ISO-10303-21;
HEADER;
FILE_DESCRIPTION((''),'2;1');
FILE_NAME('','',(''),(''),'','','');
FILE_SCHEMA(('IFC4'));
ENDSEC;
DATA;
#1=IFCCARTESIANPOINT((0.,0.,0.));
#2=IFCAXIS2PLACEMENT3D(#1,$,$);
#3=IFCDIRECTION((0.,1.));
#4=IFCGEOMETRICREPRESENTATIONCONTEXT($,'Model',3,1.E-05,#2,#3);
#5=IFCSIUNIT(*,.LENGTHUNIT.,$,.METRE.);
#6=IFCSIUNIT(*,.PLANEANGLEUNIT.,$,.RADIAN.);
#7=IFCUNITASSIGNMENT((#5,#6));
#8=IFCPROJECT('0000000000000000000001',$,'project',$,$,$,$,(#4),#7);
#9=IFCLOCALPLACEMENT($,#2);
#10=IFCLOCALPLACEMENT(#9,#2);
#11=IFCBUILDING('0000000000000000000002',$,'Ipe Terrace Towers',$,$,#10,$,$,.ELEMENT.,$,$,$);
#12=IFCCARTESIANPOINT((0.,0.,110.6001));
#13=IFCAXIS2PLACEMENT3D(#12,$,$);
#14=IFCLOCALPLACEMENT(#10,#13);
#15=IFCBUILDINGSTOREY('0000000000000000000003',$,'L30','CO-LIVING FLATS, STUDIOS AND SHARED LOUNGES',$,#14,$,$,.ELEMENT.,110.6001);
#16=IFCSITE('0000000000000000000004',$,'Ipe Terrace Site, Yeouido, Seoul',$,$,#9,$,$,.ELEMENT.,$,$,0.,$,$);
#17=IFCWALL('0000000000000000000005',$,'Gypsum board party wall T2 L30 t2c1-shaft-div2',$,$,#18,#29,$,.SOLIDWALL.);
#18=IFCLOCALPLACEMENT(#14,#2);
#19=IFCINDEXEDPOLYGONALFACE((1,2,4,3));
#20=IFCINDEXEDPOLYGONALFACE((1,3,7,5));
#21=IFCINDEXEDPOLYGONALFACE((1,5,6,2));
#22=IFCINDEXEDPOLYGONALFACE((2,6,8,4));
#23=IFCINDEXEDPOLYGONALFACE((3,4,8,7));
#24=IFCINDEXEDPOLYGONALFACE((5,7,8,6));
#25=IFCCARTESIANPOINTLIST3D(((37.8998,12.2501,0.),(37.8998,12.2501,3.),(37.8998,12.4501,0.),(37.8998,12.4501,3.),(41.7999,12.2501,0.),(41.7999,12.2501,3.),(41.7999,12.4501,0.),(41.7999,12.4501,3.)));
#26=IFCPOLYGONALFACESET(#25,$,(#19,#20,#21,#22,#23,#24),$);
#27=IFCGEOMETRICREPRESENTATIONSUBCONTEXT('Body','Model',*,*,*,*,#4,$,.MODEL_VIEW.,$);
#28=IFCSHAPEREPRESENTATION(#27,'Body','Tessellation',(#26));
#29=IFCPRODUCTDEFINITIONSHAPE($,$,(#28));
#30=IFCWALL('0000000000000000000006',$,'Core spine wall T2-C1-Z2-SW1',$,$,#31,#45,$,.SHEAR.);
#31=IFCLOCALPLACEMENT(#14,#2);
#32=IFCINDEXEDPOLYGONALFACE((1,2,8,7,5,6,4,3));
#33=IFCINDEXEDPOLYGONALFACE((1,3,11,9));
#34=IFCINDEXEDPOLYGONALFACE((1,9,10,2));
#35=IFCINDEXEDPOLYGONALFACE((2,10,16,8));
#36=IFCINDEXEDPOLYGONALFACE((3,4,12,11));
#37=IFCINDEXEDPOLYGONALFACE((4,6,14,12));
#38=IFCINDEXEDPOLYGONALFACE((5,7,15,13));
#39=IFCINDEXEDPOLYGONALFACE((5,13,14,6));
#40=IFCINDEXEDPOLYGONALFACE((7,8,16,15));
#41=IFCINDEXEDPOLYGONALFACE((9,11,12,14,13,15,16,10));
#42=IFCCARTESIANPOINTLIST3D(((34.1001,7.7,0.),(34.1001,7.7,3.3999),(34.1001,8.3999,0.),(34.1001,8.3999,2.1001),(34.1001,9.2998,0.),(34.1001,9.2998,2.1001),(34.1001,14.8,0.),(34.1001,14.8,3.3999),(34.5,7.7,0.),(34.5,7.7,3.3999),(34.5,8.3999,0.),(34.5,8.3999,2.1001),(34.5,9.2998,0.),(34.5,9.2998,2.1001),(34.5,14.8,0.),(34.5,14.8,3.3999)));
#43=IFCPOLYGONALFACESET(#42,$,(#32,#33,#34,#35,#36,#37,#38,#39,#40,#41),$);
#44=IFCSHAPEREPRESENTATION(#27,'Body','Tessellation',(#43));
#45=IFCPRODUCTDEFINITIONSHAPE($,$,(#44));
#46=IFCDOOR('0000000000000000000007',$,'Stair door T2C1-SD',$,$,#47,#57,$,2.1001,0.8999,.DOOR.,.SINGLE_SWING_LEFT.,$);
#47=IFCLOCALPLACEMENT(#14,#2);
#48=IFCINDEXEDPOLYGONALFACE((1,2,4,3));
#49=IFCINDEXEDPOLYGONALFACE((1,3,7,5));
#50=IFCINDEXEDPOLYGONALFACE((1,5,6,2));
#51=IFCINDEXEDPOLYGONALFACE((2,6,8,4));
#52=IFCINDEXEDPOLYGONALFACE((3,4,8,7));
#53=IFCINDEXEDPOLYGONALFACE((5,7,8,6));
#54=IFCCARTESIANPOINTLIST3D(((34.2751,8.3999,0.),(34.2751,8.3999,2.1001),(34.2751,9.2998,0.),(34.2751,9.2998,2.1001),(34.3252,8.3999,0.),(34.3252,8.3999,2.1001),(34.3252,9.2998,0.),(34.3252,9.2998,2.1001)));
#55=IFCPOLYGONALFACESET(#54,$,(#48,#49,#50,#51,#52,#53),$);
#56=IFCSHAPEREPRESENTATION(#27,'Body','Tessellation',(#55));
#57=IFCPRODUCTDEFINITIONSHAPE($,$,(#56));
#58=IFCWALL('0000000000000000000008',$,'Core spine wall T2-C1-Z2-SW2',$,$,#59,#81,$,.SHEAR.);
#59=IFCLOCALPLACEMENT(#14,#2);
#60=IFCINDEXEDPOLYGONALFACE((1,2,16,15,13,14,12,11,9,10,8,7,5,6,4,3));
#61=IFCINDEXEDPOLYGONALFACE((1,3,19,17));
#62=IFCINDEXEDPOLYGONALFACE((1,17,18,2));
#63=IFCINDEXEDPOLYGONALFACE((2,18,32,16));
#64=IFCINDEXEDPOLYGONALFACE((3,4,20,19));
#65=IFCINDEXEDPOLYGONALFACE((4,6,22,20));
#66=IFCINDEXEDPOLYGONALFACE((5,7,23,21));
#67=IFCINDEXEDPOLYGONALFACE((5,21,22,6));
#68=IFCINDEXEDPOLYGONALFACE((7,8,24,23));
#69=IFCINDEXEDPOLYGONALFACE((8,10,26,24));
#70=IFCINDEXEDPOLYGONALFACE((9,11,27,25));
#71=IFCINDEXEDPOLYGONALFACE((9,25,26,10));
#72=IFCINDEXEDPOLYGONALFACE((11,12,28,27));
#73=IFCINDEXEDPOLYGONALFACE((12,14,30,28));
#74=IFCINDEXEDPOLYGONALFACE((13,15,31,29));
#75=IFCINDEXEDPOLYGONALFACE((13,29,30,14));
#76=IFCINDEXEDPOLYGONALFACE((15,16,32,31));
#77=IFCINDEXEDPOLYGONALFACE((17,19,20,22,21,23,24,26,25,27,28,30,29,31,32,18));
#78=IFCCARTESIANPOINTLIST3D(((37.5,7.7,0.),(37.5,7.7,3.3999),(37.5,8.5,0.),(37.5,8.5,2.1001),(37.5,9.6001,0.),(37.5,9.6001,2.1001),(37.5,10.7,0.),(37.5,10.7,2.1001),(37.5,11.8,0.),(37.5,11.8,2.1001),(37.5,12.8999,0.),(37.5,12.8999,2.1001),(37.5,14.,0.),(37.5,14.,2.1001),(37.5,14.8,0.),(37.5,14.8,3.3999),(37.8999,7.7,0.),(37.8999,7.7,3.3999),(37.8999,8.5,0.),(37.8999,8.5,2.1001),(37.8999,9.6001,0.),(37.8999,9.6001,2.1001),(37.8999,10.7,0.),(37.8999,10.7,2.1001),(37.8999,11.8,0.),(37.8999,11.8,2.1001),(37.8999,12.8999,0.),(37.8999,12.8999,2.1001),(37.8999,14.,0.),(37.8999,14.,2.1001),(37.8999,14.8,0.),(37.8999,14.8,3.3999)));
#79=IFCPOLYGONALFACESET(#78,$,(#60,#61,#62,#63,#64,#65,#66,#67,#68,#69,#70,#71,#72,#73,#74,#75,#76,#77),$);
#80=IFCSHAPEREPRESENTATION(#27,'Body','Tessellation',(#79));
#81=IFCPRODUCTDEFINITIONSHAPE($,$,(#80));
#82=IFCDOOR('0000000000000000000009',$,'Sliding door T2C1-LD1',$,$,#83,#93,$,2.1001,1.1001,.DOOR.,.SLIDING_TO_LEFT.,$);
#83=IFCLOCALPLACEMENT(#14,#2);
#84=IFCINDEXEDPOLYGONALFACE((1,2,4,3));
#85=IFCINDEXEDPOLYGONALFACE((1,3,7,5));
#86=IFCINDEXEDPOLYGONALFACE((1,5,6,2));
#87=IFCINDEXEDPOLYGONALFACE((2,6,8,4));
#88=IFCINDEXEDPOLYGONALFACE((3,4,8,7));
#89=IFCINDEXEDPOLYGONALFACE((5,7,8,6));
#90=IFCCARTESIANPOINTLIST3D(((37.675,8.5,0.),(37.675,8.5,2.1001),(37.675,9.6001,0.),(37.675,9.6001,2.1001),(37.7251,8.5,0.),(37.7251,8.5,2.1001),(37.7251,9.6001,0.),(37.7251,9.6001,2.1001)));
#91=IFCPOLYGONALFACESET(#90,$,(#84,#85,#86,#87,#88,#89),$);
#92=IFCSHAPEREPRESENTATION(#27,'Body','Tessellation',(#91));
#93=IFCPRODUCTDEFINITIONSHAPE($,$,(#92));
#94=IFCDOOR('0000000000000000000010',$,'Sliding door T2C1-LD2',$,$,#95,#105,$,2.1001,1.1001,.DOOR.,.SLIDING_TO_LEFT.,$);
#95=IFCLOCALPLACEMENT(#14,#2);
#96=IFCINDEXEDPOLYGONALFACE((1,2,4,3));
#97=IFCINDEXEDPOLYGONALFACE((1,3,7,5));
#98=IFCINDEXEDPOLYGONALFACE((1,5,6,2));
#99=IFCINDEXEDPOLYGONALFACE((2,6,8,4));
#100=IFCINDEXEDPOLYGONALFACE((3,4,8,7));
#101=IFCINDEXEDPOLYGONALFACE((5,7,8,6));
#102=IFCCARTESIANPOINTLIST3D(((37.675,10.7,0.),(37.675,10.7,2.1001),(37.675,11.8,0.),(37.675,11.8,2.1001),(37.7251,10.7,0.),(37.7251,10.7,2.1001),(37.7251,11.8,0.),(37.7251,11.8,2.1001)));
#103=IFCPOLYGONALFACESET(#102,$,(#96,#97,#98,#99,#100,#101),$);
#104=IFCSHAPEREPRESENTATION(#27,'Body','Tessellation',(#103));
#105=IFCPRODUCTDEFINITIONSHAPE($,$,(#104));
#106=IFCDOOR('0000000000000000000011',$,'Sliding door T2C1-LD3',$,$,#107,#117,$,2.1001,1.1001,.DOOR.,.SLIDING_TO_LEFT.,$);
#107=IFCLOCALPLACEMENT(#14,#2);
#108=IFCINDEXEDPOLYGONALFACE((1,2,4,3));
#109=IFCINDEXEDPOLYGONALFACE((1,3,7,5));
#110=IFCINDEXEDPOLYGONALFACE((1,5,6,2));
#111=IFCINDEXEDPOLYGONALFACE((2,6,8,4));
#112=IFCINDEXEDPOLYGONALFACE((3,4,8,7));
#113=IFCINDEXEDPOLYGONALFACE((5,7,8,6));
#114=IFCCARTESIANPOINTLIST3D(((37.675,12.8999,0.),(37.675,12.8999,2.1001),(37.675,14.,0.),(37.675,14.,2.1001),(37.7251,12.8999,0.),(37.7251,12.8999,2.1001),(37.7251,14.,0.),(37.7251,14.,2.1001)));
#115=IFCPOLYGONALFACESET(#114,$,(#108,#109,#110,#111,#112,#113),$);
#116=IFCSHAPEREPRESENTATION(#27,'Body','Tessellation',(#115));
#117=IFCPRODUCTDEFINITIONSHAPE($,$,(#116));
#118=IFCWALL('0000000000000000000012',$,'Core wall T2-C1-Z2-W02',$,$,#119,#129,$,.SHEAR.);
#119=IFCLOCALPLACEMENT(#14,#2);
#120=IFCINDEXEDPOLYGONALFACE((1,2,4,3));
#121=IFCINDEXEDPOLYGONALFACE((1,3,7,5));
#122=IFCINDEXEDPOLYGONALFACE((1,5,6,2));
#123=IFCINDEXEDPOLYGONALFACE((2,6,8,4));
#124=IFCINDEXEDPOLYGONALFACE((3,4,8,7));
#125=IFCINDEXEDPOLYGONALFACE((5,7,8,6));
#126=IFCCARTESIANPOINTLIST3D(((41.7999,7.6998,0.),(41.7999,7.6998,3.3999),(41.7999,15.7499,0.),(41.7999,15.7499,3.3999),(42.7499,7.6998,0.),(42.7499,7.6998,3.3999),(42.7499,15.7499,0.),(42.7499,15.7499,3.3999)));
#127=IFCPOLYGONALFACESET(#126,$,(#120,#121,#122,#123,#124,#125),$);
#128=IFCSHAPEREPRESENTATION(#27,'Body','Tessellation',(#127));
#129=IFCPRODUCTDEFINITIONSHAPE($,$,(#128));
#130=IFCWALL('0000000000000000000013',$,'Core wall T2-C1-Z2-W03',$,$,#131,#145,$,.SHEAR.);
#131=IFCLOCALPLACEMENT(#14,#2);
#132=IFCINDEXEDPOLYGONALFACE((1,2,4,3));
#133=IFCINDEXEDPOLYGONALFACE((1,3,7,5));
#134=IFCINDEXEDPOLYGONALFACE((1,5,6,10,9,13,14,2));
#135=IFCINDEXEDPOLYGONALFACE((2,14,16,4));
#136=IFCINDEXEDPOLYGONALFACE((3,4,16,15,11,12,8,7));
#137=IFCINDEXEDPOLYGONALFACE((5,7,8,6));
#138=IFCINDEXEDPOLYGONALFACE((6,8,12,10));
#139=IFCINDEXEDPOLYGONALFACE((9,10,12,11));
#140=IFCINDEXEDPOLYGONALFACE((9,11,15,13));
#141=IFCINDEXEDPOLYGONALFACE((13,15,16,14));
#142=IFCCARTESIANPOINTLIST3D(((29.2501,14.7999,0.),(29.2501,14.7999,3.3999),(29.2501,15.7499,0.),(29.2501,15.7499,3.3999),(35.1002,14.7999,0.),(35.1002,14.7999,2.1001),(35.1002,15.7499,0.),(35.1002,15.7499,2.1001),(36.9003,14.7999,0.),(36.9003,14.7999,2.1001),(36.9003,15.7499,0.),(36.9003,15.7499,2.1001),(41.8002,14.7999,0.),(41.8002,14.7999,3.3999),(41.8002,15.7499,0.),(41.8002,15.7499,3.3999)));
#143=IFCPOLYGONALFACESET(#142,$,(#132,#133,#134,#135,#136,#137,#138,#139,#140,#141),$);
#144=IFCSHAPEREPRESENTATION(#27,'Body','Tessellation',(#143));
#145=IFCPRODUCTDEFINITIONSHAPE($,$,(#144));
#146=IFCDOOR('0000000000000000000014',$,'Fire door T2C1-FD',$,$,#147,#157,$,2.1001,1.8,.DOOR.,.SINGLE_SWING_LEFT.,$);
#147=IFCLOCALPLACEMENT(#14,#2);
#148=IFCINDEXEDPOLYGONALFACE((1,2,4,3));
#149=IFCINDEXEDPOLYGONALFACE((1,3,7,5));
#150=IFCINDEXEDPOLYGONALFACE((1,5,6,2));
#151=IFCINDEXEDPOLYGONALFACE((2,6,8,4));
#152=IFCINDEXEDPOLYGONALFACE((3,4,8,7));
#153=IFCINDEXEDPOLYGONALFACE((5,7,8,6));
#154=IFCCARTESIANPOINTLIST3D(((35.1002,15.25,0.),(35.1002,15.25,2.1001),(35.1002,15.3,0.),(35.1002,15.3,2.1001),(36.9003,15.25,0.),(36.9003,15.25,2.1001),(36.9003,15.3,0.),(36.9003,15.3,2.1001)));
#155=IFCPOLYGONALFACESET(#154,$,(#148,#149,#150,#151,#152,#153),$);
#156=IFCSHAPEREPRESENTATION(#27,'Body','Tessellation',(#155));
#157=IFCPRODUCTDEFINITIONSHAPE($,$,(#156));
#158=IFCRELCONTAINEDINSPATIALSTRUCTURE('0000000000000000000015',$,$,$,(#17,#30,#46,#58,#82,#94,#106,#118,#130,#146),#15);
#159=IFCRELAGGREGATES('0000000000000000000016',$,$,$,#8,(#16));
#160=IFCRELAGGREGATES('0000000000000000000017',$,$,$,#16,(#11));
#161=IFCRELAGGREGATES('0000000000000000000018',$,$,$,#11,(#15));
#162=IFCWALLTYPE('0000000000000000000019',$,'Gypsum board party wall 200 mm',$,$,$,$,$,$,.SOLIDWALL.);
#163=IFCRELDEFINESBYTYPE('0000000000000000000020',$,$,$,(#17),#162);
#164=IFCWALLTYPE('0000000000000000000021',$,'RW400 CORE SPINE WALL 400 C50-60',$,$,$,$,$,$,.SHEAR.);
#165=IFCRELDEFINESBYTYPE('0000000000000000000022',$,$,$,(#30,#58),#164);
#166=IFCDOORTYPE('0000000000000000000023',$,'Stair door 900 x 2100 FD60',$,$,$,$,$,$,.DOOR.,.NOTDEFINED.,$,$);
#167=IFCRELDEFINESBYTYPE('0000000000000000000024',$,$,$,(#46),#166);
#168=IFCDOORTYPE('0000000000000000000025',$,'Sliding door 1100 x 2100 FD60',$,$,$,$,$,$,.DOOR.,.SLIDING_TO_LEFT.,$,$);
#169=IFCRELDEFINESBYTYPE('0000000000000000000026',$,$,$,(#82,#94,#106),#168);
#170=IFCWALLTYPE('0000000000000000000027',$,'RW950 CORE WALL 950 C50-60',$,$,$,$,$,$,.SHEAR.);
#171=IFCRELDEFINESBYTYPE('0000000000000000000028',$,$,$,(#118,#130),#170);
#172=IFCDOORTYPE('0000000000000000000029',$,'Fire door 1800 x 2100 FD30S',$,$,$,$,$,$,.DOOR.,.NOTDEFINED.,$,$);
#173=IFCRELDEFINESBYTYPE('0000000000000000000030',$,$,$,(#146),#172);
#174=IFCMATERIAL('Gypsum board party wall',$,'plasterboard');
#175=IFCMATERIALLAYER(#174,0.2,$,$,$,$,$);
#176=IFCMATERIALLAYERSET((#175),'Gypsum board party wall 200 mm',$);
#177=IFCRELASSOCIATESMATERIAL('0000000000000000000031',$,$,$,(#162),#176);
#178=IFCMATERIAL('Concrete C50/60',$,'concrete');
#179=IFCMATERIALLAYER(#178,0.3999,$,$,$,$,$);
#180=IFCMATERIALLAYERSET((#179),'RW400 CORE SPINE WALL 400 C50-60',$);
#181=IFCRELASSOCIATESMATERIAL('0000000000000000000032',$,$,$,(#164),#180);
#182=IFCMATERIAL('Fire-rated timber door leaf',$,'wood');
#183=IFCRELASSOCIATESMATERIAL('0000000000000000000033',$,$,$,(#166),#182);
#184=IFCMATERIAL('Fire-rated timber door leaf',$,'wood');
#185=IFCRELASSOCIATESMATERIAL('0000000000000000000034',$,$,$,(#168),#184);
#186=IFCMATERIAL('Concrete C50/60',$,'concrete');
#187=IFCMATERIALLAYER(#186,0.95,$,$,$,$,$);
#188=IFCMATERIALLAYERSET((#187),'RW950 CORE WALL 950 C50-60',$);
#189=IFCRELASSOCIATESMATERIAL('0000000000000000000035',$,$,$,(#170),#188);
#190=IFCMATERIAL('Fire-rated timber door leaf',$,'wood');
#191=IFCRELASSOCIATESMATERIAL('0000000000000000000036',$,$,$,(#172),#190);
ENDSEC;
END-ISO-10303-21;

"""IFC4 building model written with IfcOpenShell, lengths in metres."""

from ifc_helpers import new_model, si_unit, direction, frame, frame_2d, origin, place, context, subcontext, project, spatial, rectangle, extrude, material, layer, layer_set, type_object, element, fill, save


model = new_model("IFC4")

# Units and contexts
model_context = context("Model", 3, precision=1e-05, world=origin(), true_north=direction((0.0, 1.0)))
body_context = subcontext(model_context, "Body", "Model", "MODEL_VIEW")
ifc_project = project(units=[si_unit("LENGTHUNIT", "METRE"), si_unit("PLANEANGLEUNIT", "RADIAN")], contexts=[model_context])

# Site, building, storey
site_placement = place(None, origin())
site = spatial("IfcSite", under=ifc_project, at=site_placement, Name="Ipe Terrace Site, Yeouido, Seoul", CompositionType="ELEMENT", RefElevation=0.0)
building_placement = place(site_placement, origin())
building = spatial("IfcBuilding", under=site, at=building_placement, Name="Ipe Terrace Towers", CompositionType="ELEMENT")
storey_placement = place(building_placement, frame((0.0, 0.0, 110.6001)))
storey = spatial("IfcBuildingStorey", under=building, at=storey_placement, Name="L30", Description="CO-LIVING FLATS, STUDIOS AND SHARED LOUNGES", CompositionType="ELEMENT", Elevation=110.6001)

# Wall
ifc_material_1 = material(Name="Gypsum board party wall", Category="plasterboard")
ifc_layer_1 = layer(ifc_material_1, 0.2)
ifc_layer_set_1 = layer_set([ifc_layer_1], Name="Gypsum board party wall 200 mm")
wall_type_1 = type_object("IfcWallType", Name="Gypsum board party wall 200 mm", PredefinedType="SOLIDWALL", material=ifc_layer_set_1)
for number, where, z_axis, x_axis, name in (
    (1, (41.8, 12.3501, 0.0), (0.0, 0.0, 1.0), (-1.0, 0.0, 0.0), "Gypsum board party wall T2 L30 t2c1-shaft-div2"),
):
    element("IfcWall", number, at=place(storey_placement, frame(where, z_axis=z_axis, x_axis=x_axis)), inside=storey, type_object=wall_type_1, Name=name, PredefinedType="SOLIDWALL", context=body_context, shape_type="SweptSolid", body=[
        extrude(rectangle(XDim=3.9001, YDim=0.2, at=frame_2d((1.9502, 0.0))), origin(), (0.0, 0.0, 1.0), 3.0),
    ])

# Wall, opening, door
ifc_material_2 = material(Name="Concrete C50/60", Category="concrete")
ifc_layer_2 = layer(ifc_material_2, 0.3999)
ifc_layer_set_2 = layer_set([ifc_layer_2], Name="RW400 CORE SPINE WALL 400 C50-60")
wall_type_2 = type_object("IfcWallType", Name="RW400 CORE SPINE WALL 400 C50-60", PredefinedType="SHEAR", material=ifc_layer_set_2)
wall_1_placement = place(storey_placement, frame((34.3, 7.7, 0.0), z_axis=(0.0, 0.0, 1.0), x_axis=(0.0, 1.0, 0.0)))
wall_1 = element("IfcWall", 2, at=wall_1_placement, inside=storey, type_object=wall_type_2, Name="Core spine wall T2-C1-Z2-SW1", PredefinedType="SHEAR", context=body_context, shape_type="SweptSolid", body=[
    extrude(rectangle(XDim=7.1001, YDim=0.3999, at=frame_2d((3.55, 0.0))), origin(), (0.0, 0.0, 1.0), 3.3999),
])
opening_1_placement = place(wall_1_placement, frame((0.7, 0.0, 0.0)))
opening_1 = element("IfcOpeningElement", 3, at=opening_1_placement, cuts=wall_1, PredefinedType="OPENING", context=body_context, shape_type="SweptSolid", body=[
    extrude(rectangle(XDim=0.8999, YDim=2.1001, at=frame_2d((0.45, 1.05))), frame((0.0, 0.21, 0.0), z_axis=(0.0, -1.0, 0.0), x_axis=(1.0, 0.0, 0.0)), (0.0, 0.0, 1.0), 0.4199),
])
ifc_material_3 = material(Name="Fire-rated timber door leaf", Category="wood")
door_type_1 = type_object("IfcDoorType", Name="Stair door 900 x 2100 FD60", OperationType="NOTDEFINED", PredefinedType="DOOR", material=ifc_material_3)
door_1_placement = place(opening_1_placement, origin())
door_1 = element("IfcDoor", 4, at=door_1_placement, inside=storey, type_object=door_type_1, Name="Stair door T2C1-SD", OperationType="SINGLE_SWING_LEFT", OverallHeight=2.1001, OverallWidth=0.8999, PredefinedType="DOOR", context=body_context, shape_type="SweptSolid", body=[
    extrude(rectangle(XDim=0.8999, YDim=2.1001, at=frame_2d((0.45, 1.05))), frame((0.0, 0.0249, 0.0), z_axis=(0.0, -1.0, 0.0), x_axis=(1.0, 0.0, 0.0)), (0.0, 0.0, 1.0), 0.05),
])
fill(opening_1, door_1)

# Wall, openings, doors
wall_2_placement = place(storey_placement, frame((37.7, 7.7, 0.0), z_axis=(0.0, 0.0, 1.0), x_axis=(0.0, 1.0, 0.0)))
wall_2 = element("IfcWall", 5, at=wall_2_placement, inside=storey, type_object=wall_type_2, Name="Core spine wall T2-C1-Z2-SW2", PredefinedType="SHEAR", context=body_context, shape_type="SweptSolid", body=[
    extrude(rectangle(XDim=7.1001, YDim=0.3999, at=frame_2d((3.55, 0.0))), origin(), (0.0, 0.0, 1.0), 3.3999),
])
opening_2_placement = place(wall_2_placement, frame((0.8, 0.0, 0.0)))
opening_2 = element("IfcOpeningElement", 6, at=opening_2_placement, cuts=wall_2, PredefinedType="OPENING", context=body_context, shape_type="SweptSolid", body=[
    extrude(rectangle(XDim=1.1001, YDim=2.1001, at=frame_2d((0.55, 1.05))), frame((0.0, 0.21, 0.0), z_axis=(0.0, -1.0, 0.0), x_axis=(1.0, 0.0, 0.0)), (0.0, 0.0, 1.0), 0.4199),
])
opening_3_placement = place(wall_2_placement, frame((3.0, 0.0, 0.0)))
opening_3 = element("IfcOpeningElement", 7, at=opening_3_placement, cuts=wall_2, PredefinedType="OPENING", context=body_context, shape_type="SweptSolid", body=[
    extrude(rectangle(XDim=1.1001, YDim=2.1001, at=frame_2d((0.55, 1.05))), frame((0.0, 0.21, 0.0), z_axis=(0.0, -1.0, 0.0), x_axis=(1.0, 0.0, 0.0)), (0.0, 0.0, 1.0), 0.4199),
])
opening_4_placement = place(wall_2_placement, frame((5.2, 0.0, 0.0)))
opening_4 = element("IfcOpeningElement", 8, at=opening_4_placement, cuts=wall_2, PredefinedType="OPENING", context=body_context, shape_type="SweptSolid", body=[
    extrude(rectangle(XDim=1.1001, YDim=2.1001, at=frame_2d((0.55, 1.05))), frame((0.0, 0.21, 0.0), z_axis=(0.0, -1.0, 0.0), x_axis=(1.0, 0.0, 0.0)), (0.0, 0.0, 1.0), 0.4199),
])
ifc_material_4 = material(Name="Fire-rated timber door leaf", Category="wood")
door_type_2 = type_object("IfcDoorType", Name="Sliding door 1100 x 2100 FD60", OperationType="SLIDING_TO_LEFT", PredefinedType="DOOR", material=ifc_material_4)
door_2_placement = place(opening_2_placement, origin())
door_2 = element("IfcDoor", 9, at=door_2_placement, inside=storey, type_object=door_type_2, Name="Sliding door T2C1-LD1", OperationType="SLIDING_TO_LEFT", OverallHeight=2.1001, OverallWidth=1.1001, PredefinedType="DOOR", context=body_context, shape_type="SweptSolid", body=[
    extrude(rectangle(XDim=1.1001, YDim=2.1001, at=frame_2d((0.55, 1.05))), frame((0.0, 0.0249, 0.0), z_axis=(0.0, -1.0, 0.0), x_axis=(1.0, 0.0, 0.0)), (0.0, 0.0, 1.0), 0.05),
])
fill(opening_2, door_2)
door_3_placement = place(opening_3_placement, origin())
door_3 = element("IfcDoor", 10, at=door_3_placement, inside=storey, type_object=door_type_2, Name="Sliding door T2C1-LD2", OperationType="SLIDING_TO_LEFT", OverallHeight=2.1001, OverallWidth=1.1001, PredefinedType="DOOR", context=body_context, shape_type="SweptSolid", body=[
    extrude(rectangle(XDim=1.1001, YDim=2.1001, at=frame_2d((0.55, 1.05))), frame((0.0, 0.0249, 0.0), z_axis=(0.0, -1.0, 0.0), x_axis=(1.0, 0.0, 0.0)), (0.0, 0.0, 1.0), 0.05),
])
fill(opening_3, door_3)
door_4_placement = place(opening_4_placement, origin())
door_4 = element("IfcDoor", 11, at=door_4_placement, inside=storey, type_object=door_type_2, Name="Sliding door T2C1-LD3", OperationType="SLIDING_TO_LEFT", OverallHeight=2.1001, OverallWidth=1.1001, PredefinedType="DOOR", context=body_context, shape_type="SweptSolid", body=[
    extrude(rectangle(XDim=1.1001, YDim=2.1001, at=frame_2d((0.55, 1.05))), frame((0.0, 0.0249, 0.0), z_axis=(0.0, -1.0, 0.0), x_axis=(1.0, 0.0, 0.0)), (0.0, 0.0, 1.0), 0.05),
])
fill(opening_4, door_4)

# Wall
ifc_material_5 = material(Name="Concrete C50/60", Category="concrete")
ifc_layer_3 = layer(ifc_material_5, 0.95)
ifc_layer_set_3 = layer_set([ifc_layer_3], Name="RW950 CORE WALL 950 C50-60")
wall_type_3 = type_object("IfcWallType", Name="RW950 CORE WALL 950 C50-60", PredefinedType="SHEAR", material=ifc_layer_set_3)
wall_3_placement = place(storey_placement, frame((42.2749, 7.7, 0.0), z_axis=(0.0, 0.0, 1.0), x_axis=(0.0, 1.0, 0.0)))
element("IfcWall", 12, at=wall_3_placement, inside=storey, type_object=wall_type_3, Name="Core wall T2-C1-Z2-W02", PredefinedType="SHEAR", context=body_context, shape_type="SweptSolid", body=[
    extrude(rectangle(XDim=8.05, YDim=0.95, at=frame_2d((4.0249, 0.0))), origin(), (0.0, 0.0, 1.0), 3.3999),
])

# Wall, opening, door
wall_4_placement = place(storey_placement, frame((41.8, 15.2749, 0.0), z_axis=(0.0, 0.0, 1.0), x_axis=(-1.0, 0.0, 0.0)))
wall_4 = element("IfcWall", 13, at=wall_4_placement, inside=storey, type_object=wall_type_3, Name="Core wall T2-C1-Z2-W03", PredefinedType="SHEAR", context=body_context, shape_type="SweptSolid", body=[
    extrude(rectangle(XDim=12.55, YDim=0.95, at=frame_2d((6.2749, 0.0))), origin(), (0.0, 0.0, 1.0), 3.3999),
])
opening_5_placement = place(wall_4_placement, frame((4.8999, 0.0, 0.0)))
opening_5 = element("IfcOpeningElement", 14, at=opening_5_placement, cuts=wall_4, PredefinedType="OPENING", context=body_context, shape_type="SweptSolid", body=[
    extrude(rectangle(XDim=1.8, YDim=2.1001, at=frame_2d((0.8999, 1.05))), frame((0.0, 0.4849, 0.0), z_axis=(0.0, -1.0, 0.0), x_axis=(1.0, 0.0, 0.0)), (0.0, 0.0, 1.0), 0.97),
])
ifc_material_6 = material(Name="Fire-rated timber door leaf", Category="wood")
door_type_3 = type_object("IfcDoorType", Name="Fire door 1800 x 2100 FD30S", OperationType="NOTDEFINED", PredefinedType="DOOR", material=ifc_material_6)
door_5_placement = place(opening_5_placement, origin())
door_5 = element("IfcDoor", 15, at=door_5_placement, inside=storey, type_object=door_type_3, Name="Fire door T2C1-FD", OperationType="SINGLE_SWING_LEFT", OverallHeight=2.1001, OverallWidth=1.8, PredefinedType="DOOR", context=body_context, shape_type="SweptSolid", body=[
    extrude(rectangle(XDim=1.8, YDim=2.1001, at=frame_2d((0.8999, 1.05))), frame((0.0, 0.0249, 0.0), z_axis=(0.0, -1.0, 0.0), x_axis=(1.0, 0.0, 0.0)), (0.0, 0.0, 1.0), 0.05),
])
fill(opening_5, door_5)

save(model, "model.ifc")
